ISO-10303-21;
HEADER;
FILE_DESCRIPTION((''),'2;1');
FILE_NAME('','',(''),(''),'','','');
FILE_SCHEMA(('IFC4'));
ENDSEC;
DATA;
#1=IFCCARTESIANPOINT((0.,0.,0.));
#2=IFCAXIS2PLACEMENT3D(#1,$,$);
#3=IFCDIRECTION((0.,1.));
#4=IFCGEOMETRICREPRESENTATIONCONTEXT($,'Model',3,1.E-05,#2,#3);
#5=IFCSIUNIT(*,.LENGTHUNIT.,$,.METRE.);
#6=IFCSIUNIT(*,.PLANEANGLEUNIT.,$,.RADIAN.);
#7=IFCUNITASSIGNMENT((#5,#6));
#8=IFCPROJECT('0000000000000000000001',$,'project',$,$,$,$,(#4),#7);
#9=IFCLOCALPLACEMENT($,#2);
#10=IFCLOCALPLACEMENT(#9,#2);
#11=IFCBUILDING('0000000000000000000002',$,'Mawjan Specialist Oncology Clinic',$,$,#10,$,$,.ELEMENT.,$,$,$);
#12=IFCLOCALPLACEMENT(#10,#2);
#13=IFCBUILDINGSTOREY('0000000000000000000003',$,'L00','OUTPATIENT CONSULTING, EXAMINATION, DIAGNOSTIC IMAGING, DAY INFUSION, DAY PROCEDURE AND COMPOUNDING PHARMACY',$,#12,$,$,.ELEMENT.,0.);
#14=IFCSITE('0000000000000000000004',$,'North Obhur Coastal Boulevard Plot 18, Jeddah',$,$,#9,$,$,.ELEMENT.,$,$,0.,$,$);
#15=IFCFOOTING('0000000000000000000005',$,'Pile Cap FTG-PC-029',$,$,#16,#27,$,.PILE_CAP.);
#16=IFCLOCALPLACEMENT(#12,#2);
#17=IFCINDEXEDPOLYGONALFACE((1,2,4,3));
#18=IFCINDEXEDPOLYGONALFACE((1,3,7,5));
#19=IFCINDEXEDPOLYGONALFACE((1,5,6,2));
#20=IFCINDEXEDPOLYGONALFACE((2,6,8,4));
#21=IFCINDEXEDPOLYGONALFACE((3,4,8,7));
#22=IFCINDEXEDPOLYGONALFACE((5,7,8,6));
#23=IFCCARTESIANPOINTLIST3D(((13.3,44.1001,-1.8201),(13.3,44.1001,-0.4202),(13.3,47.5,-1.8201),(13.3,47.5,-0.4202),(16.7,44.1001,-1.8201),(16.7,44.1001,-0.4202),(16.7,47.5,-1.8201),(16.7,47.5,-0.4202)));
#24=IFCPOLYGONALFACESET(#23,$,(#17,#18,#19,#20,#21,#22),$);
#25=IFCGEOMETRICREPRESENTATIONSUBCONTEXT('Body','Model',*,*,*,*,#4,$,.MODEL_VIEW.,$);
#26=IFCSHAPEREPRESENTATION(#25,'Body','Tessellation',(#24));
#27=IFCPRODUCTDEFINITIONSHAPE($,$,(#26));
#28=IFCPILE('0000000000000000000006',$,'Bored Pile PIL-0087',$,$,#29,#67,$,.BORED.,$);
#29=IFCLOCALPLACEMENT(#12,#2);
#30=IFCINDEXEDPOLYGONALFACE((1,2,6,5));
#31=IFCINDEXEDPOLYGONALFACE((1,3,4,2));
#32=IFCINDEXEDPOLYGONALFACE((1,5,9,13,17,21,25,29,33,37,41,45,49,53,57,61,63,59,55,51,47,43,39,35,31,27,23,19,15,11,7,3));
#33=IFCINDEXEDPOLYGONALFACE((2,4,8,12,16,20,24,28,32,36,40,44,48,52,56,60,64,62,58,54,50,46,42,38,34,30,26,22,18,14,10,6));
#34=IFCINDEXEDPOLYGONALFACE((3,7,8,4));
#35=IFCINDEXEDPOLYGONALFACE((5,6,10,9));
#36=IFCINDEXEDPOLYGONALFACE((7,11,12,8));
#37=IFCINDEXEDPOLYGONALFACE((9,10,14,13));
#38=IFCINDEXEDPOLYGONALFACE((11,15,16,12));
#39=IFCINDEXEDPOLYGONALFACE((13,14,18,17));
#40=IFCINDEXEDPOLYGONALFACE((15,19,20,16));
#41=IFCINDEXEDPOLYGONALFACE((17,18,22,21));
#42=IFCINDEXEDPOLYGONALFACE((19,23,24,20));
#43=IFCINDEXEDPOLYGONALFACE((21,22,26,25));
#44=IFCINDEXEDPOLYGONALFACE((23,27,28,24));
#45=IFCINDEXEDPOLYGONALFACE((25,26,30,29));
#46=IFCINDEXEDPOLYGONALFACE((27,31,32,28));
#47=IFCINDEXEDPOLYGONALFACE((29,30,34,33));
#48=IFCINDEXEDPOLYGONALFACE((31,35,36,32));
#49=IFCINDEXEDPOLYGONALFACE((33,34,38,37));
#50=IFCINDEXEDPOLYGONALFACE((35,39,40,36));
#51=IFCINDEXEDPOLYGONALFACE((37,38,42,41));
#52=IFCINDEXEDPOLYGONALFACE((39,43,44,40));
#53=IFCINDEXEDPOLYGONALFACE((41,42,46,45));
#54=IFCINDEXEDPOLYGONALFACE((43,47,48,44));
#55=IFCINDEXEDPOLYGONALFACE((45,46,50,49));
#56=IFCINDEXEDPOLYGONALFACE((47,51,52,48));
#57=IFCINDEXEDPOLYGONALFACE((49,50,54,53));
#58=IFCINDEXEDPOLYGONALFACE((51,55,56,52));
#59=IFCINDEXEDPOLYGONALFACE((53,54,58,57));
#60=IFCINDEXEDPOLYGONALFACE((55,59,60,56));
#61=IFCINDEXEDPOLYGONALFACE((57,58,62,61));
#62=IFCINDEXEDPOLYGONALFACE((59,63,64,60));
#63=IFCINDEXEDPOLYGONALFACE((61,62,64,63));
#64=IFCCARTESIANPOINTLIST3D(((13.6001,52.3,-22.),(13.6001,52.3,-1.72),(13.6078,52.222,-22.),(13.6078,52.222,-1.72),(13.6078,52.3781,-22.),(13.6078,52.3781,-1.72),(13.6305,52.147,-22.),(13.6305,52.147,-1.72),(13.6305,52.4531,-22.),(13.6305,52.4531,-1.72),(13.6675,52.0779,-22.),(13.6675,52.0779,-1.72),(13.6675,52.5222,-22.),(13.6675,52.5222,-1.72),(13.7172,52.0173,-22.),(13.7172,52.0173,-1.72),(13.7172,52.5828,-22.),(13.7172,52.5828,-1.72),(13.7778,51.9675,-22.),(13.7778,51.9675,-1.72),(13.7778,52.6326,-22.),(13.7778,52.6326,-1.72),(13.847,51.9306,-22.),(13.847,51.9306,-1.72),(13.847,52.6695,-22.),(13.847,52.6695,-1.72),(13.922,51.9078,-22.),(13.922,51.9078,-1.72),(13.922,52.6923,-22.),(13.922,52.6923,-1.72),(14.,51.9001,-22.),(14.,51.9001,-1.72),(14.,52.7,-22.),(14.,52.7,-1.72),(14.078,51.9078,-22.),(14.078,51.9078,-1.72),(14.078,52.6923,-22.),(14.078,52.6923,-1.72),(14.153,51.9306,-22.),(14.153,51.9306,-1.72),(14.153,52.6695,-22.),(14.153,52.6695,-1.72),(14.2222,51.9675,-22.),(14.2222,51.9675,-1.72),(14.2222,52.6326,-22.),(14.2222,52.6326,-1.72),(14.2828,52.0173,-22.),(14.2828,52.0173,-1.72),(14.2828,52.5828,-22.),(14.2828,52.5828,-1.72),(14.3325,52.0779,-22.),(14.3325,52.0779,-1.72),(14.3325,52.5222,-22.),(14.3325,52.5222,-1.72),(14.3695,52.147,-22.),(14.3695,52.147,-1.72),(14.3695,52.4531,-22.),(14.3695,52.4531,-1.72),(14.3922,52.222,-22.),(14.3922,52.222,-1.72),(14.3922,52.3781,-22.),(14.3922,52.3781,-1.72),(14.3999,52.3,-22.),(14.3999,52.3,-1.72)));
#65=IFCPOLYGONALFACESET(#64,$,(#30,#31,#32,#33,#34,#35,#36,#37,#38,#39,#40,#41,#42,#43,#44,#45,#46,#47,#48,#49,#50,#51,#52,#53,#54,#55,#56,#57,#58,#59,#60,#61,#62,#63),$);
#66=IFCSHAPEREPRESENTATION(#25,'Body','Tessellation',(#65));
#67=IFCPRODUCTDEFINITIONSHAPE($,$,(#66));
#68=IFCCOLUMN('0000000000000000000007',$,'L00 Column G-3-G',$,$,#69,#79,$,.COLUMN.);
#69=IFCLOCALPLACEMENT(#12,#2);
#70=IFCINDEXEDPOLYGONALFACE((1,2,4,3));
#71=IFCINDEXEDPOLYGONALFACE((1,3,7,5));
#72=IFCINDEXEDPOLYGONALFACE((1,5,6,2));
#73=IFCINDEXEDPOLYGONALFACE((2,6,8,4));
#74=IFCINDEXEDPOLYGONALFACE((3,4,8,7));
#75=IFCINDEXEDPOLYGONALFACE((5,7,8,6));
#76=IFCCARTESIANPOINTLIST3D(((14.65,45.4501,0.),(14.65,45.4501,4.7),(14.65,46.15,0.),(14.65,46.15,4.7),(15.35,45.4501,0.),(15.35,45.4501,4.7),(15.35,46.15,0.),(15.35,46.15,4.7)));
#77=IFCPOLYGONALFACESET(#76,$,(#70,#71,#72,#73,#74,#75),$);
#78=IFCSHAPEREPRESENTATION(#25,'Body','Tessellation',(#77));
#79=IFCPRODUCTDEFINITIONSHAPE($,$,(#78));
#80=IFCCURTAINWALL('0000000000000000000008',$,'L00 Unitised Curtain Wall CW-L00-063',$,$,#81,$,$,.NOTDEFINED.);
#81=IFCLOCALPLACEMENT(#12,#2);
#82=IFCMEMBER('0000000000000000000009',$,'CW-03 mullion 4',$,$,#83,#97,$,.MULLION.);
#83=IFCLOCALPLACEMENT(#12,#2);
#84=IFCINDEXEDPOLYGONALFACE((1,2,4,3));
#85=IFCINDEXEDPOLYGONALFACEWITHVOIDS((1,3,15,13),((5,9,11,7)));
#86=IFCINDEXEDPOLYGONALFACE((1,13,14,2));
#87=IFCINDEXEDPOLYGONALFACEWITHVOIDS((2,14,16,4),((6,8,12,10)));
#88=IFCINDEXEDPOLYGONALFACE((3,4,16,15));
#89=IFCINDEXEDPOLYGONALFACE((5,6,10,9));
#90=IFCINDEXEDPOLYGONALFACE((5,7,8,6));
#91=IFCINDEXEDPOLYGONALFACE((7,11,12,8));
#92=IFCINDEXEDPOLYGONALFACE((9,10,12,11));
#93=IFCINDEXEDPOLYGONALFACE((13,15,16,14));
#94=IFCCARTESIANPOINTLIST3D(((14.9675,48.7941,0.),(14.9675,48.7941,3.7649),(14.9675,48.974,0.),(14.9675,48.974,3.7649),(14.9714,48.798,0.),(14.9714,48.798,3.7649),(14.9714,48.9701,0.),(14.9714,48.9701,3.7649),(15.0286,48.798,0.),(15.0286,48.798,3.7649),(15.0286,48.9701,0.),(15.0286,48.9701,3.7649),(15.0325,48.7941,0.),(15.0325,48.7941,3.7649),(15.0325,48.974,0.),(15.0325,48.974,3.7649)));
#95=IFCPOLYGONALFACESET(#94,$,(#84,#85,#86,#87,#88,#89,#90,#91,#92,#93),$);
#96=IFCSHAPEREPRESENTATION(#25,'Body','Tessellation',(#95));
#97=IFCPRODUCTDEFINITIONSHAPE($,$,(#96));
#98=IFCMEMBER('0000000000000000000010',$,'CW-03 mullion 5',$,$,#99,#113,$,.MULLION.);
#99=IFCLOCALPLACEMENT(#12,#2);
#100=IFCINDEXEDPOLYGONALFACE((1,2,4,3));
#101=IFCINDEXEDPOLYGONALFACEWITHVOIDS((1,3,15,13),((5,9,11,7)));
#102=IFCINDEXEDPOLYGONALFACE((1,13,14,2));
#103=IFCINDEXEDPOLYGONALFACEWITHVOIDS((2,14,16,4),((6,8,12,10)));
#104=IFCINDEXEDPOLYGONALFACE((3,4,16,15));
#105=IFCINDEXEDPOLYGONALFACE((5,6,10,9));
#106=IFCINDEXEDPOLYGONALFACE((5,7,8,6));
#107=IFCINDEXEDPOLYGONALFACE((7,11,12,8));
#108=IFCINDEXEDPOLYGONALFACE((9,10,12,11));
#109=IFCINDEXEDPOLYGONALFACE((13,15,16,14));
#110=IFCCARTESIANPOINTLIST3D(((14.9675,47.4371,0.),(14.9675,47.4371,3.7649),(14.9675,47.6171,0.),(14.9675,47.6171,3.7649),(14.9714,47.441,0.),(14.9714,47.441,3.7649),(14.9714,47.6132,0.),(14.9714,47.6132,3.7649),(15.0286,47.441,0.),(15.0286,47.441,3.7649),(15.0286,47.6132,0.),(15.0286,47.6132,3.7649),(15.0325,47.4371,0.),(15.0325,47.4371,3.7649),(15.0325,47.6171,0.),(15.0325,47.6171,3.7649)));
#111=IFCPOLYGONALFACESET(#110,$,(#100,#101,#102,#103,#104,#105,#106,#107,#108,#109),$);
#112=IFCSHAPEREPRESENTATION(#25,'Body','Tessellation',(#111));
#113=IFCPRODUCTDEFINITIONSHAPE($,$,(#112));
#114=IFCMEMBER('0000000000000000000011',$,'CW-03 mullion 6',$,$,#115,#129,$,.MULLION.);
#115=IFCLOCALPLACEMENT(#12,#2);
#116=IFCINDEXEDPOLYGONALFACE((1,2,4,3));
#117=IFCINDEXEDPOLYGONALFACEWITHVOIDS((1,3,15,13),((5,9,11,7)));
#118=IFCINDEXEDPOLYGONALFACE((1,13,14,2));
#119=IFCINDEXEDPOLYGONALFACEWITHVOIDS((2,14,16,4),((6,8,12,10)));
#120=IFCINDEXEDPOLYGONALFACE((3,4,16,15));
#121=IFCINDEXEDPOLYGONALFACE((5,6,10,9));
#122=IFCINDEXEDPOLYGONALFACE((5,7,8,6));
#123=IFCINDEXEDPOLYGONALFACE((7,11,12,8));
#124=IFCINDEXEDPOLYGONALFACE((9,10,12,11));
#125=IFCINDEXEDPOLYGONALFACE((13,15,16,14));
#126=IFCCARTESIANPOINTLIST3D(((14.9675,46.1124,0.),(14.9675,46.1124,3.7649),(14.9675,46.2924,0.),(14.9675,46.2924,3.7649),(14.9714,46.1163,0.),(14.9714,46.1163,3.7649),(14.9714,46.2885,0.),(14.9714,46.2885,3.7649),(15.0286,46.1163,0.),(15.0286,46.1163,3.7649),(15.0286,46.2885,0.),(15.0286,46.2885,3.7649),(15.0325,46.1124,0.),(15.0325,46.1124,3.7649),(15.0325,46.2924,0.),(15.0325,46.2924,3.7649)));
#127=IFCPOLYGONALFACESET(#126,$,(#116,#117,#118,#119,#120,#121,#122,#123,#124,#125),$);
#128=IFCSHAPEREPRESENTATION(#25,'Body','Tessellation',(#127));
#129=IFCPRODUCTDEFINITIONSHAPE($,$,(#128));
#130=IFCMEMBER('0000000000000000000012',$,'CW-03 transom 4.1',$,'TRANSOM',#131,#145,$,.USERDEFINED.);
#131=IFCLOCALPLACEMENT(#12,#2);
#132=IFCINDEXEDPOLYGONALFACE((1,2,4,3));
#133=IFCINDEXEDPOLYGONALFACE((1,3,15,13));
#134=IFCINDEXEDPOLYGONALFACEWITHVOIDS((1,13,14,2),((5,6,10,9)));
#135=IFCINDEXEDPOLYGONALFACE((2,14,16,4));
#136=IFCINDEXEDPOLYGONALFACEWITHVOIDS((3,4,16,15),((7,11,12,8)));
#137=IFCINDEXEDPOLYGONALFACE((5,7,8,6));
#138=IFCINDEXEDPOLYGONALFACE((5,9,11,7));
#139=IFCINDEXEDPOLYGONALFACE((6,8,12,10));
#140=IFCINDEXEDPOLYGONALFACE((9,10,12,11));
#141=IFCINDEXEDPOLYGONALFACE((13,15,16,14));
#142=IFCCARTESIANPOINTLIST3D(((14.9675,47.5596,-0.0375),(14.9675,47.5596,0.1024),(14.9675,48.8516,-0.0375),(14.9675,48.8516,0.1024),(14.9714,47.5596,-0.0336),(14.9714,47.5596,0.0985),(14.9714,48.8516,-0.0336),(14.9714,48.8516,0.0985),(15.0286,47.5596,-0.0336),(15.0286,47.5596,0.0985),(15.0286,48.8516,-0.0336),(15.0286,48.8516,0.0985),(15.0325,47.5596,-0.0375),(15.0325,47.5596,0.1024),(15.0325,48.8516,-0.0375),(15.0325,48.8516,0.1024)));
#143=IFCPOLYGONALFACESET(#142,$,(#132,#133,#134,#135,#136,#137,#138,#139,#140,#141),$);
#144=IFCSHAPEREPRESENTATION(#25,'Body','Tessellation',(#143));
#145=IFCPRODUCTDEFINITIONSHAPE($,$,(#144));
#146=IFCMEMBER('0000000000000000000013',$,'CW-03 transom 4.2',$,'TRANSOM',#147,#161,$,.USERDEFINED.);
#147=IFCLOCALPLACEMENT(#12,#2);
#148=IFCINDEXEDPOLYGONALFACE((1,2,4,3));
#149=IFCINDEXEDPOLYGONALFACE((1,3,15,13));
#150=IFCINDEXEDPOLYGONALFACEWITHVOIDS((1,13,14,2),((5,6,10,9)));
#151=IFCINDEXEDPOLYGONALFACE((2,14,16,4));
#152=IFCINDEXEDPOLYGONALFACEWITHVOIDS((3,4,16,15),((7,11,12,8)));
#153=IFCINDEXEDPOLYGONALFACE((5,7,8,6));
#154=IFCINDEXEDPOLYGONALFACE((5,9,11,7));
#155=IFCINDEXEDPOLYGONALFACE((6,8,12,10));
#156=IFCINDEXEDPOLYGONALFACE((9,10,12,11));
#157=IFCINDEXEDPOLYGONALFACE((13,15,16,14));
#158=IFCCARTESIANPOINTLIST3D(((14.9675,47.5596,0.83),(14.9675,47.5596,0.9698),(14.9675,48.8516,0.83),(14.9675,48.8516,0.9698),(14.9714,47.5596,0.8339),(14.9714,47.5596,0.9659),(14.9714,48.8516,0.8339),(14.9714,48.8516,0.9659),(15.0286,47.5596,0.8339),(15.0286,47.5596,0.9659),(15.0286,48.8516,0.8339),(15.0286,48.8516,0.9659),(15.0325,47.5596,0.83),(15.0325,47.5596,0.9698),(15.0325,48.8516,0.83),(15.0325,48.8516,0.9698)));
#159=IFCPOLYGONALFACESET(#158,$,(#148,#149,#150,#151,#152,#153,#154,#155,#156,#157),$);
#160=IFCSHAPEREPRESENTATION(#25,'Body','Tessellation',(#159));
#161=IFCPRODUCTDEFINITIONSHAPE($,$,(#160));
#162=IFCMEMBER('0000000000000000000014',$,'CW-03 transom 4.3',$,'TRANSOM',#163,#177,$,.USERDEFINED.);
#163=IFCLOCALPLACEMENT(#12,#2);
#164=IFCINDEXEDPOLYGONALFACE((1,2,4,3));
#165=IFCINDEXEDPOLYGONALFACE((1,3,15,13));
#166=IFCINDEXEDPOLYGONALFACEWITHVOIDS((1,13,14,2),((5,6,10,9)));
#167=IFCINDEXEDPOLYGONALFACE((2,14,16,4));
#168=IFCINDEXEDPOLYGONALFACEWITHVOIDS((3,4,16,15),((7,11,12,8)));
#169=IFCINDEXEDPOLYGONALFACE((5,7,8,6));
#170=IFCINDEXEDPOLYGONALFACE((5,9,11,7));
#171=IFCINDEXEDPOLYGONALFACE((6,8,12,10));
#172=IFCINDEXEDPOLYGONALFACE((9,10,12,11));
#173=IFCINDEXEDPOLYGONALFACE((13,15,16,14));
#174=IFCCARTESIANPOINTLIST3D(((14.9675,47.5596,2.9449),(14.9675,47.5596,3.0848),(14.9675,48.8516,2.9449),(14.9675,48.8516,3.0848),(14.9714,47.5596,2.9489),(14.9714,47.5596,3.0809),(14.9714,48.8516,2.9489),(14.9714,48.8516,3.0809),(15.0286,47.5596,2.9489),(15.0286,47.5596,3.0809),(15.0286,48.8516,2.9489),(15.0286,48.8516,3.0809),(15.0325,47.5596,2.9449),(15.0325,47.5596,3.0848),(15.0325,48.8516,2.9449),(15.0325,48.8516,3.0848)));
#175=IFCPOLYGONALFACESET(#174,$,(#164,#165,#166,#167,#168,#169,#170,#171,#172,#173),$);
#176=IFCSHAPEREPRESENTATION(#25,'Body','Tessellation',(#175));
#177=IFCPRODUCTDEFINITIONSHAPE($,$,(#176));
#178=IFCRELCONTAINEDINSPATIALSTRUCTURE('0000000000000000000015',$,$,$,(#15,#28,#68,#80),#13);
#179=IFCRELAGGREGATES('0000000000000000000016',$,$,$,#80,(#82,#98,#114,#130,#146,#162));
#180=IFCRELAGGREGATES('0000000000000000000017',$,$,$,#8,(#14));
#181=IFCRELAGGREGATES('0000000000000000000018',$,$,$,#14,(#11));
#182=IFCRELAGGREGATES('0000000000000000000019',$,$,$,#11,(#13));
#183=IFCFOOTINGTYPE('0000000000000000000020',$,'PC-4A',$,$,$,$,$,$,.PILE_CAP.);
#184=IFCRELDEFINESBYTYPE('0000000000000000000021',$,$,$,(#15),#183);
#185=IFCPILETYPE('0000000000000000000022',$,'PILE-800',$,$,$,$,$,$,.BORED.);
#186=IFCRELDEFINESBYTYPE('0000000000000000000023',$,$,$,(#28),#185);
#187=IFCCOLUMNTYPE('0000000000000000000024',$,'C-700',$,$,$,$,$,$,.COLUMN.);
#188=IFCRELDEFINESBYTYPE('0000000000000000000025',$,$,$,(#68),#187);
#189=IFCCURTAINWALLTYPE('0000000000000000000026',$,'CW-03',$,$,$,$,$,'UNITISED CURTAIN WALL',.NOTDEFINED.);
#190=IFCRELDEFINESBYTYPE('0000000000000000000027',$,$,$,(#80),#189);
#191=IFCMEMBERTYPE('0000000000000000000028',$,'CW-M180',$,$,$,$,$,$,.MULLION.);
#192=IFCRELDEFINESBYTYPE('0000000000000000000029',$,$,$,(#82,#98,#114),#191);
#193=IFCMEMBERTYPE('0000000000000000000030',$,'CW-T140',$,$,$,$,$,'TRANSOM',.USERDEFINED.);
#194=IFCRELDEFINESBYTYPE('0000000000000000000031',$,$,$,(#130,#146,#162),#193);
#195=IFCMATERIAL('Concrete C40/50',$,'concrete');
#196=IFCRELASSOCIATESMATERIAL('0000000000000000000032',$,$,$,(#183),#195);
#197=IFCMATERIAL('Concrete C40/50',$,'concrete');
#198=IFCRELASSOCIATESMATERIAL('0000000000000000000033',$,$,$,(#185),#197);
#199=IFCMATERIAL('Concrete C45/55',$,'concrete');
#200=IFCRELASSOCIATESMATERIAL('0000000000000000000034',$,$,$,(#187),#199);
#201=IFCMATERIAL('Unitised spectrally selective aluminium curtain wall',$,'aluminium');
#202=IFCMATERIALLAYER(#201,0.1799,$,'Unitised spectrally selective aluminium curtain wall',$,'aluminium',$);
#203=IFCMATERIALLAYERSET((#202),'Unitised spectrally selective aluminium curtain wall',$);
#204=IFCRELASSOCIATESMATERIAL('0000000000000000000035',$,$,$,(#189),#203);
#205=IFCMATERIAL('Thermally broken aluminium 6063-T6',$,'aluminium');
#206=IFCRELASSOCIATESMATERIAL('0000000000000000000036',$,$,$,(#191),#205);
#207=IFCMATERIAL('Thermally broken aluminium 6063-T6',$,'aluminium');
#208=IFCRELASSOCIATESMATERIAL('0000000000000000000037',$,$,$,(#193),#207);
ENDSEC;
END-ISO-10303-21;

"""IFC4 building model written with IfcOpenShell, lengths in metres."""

from ifc_helpers import new_model, si_unit, direction, frame, origin, origin_2d, place, context, subcontext, project, spatial, rectangle, hollow_rectangle, circle, extrude, material, layer, layer_set, material_profile, profile_set, type_object, element, aggregate, save


model = new_model("IFC4")

# Units and contexts
model_context = context("Model", 3, precision=1e-05, world=origin(), true_north=direction((0.0, 1.0)))
body_context = subcontext(model_context, "Body", "Model", "MODEL_VIEW")
ifc_project = project(units=[si_unit("LENGTHUNIT", "METRE"), si_unit("PLANEANGLEUNIT", "RADIAN")], contexts=[model_context])

# Site, building, storey
site_placement = place(None, origin())
site = spatial("IfcSite", under=ifc_project, at=site_placement, Name="North Obhur Coastal Boulevard Plot 18, Jeddah", CompositionType="ELEMENT", RefElevation=0.0)
building_placement = place(site_placement, origin())
building = spatial("IfcBuilding", under=site, at=building_placement, Name="Mawjan Specialist Oncology Clinic", CompositionType="ELEMENT")
storey_placement = place(building_placement, origin())
storey = spatial("IfcBuildingStorey", under=building, at=storey_placement, Name="L00", Description="OUTPATIENT CONSULTING, EXAMINATION, DIAGNOSTIC IMAGING, DAY INFUSION, DAY PROCEDURE AND COMPOUNDING PHARMACY", CompositionType="ELEMENT", Elevation=0.0)

# Footing
ifc_material_1 = material(Name="Concrete C40/50", Category="concrete")
footing_type = type_object("IfcFootingType", Name="PC-4A", PredefinedType="PILE_CAP", material=ifc_material_1)
footing_placement = place(storey_placement, frame((15.0, 45.8, -1.8201), z_axis=(0.0, 0.0, 1.0), x_axis=(1.0, 0.0, 0.0)))
element("IfcFooting", 1, at=footing_placement, inside=storey, type_object=footing_type, Name="Pile Cap FTG-PC-029", PredefinedType="PILE_CAP", context=body_context, shape_type="SweptSolid", body=[
    extrude(rectangle(XDim=3.3999, YDim=3.3999, at=origin_2d()), origin(), (0.0, 0.0, 1.0), 1.3999),
])

# Pile
ifc_material_2 = material(Name="Concrete C40/50", Category="concrete")
ifc_material_profile_1 = material_profile(ifc_material_2, circle(Radius=0.3999, at=origin_2d()), Name="BORED PILE D800", Category="concrete")
ifc_profile_set_1 = profile_set([ifc_material_profile_1], Name="Concrete C40/50")
pile_type = type_object("IfcPileType", Name="PILE-800", PredefinedType="BORED", material=ifc_profile_set_1)
pile_placement = place(storey_placement, frame((14.0, 52.3, -1.72), z_axis=(0.0, 0.0, -1.0), x_axis=(1.0, 0.0, 0.0)))
element("IfcPile", 2, at=pile_placement, inside=storey, type_object=pile_type, Name="Bored Pile PIL-0087", PredefinedType="BORED", context=body_context, shape_type="SweptSolid", body=[
    extrude(circle(Radius=0.3999, at=origin_2d()), origin(), (0.0, 0.0, 1.0), 20.28),
])

# Column
ifc_material_3 = material(Name="Concrete C45/55", Category="concrete")
ifc_material_profile_2 = material_profile(ifc_material_3, rectangle(XDim=0.7, YDim=0.7, at=origin_2d()), Name="RC COL 700x700", Category="concrete")
ifc_profile_set_2 = profile_set([ifc_material_profile_2], Name="Concrete C45/55")
column_type = type_object("IfcColumnType", Name="C-700", PredefinedType="COLUMN", material=ifc_profile_set_2)
column_placement = place(storey_placement, frame((15.0, 45.8, 0.0), z_axis=(0.0, 0.0, 1.0), x_axis=(1.0, 0.0, 0.0)))
element("IfcColumn", 3, at=column_placement, inside=storey, type_object=column_type, Name="L00 Column G-3-G", PredefinedType="COLUMN", context=body_context, shape_type="SweptSolid", body=[
    extrude(rectangle(XDim=0.7, YDim=0.7, at=origin_2d()), origin(), (0.0, 0.0, 1.0), 4.7),
])

# Curtain wall, members
ifc_material_4 = material(Name="Unitised spectrally selective aluminium curtain wall", Category="aluminium")
ifc_layer_1 = layer(ifc_material_4, 0.1799, Name="Unitised spectrally selective aluminium curtain wall", Category="aluminium")
ifc_layer_set_1 = layer_set([ifc_layer_1], Name="Unitised spectrally selective aluminium curtain wall")
curtain_wall_type = type_object("IfcCurtainWallType", Name="CW-03", ElementType="UNITISED CURTAIN WALL", PredefinedType="NOTDEFINED", material=ifc_layer_set_1)
curtain_wall_placement = place(storey_placement, origin())
curtain_wall = element("IfcCurtainWall", 4, at=curtain_wall_placement, inside=storey, type_object=curtain_wall_type, Name="L00 Unitised Curtain Wall CW-L00-063", PredefinedType="NOTDEFINED")
ifc_material_5 = material(Name="Thermally broken aluminium 6063-T6", Category="aluminium")
ifc_material_profile_3 = material_profile(ifc_material_5, hollow_rectangle(XDim=0.0649, YDim=0.1799, WallThickness=0.0039, at=origin_2d()), Name="ALU MULLION 180x65x4", Category="aluminium")
ifc_profile_set_3 = profile_set([ifc_material_profile_3], Name="Thermally broken aluminium 6063-T6")
member_type_1 = type_object("IfcMemberType", Name="CW-M180", PredefinedType="MULLION", material=ifc_profile_set_3)
member_1_placement = place(storey_placement, frame((15.0, 48.884, 0.0), z_axis=(0.0, 0.0, 1.0), x_axis=(1.0, 0.0, 0.0)))
member_1 = element("IfcMember", 5, at=member_1_placement, type_object=member_type_1, Name="CW-03 mullion 4", PredefinedType="MULLION", context=body_context, shape_type="SweptSolid", body=[
    extrude(hollow_rectangle(XDim=0.0649, YDim=0.1799, WallThickness=0.0039, at=origin_2d()), origin(), (0.0, 0.0, 1.0), 3.7649),
])
member_2_placement = place(storey_placement, frame((15.0, 47.5271, 0.0), z_axis=(0.0, 0.0, 1.0), x_axis=(1.0, 0.0, 0.0)))
member_2 = element("IfcMember", 6, at=member_2_placement, type_object=member_type_1, Name="CW-03 mullion 5", PredefinedType="MULLION", context=body_context, shape_type="SweptSolid", body=[
    extrude(hollow_rectangle(XDim=0.0649, YDim=0.1799, WallThickness=0.0039, at=origin_2d()), origin(), (0.0, 0.0, 1.0), 3.7649),
])
member_3_placement = place(storey_placement, frame((15.0, 46.2024, 0.0), z_axis=(0.0, 0.0, 1.0), x_axis=(1.0, 0.0, 0.0)))
member_3 = element("IfcMember", 7, at=member_3_placement, type_object=member_type_1, Name="CW-03 mullion 6", PredefinedType="MULLION", context=body_context, shape_type="SweptSolid", body=[
    extrude(hollow_rectangle(XDim=0.0649, YDim=0.1799, WallThickness=0.0039, at=origin_2d()), origin(), (0.0, 0.0, 1.0), 3.7649),
])
ifc_material_6 = material(Name="Thermally broken aluminium 6063-T6", Category="aluminium")
ifc_material_profile_4 = material_profile(ifc_material_6, hollow_rectangle(XDim=0.0649, YDim=0.1399, WallThickness=0.0039, at=origin_2d()), Name="ALU TRANSOM 140x65x4", Category="aluminium")
ifc_profile_set_4 = profile_set([ifc_material_profile_4], Name="Thermally broken aluminium 6063-T6")
member_type_2 = type_object("IfcMemberType", Name="CW-T140", ElementType="TRANSOM", PredefinedType="USERDEFINED", material=ifc_profile_set_4)
member_4_placement = place(storey_placement, frame((15.0, 48.8516, 0.0325), z_axis=(0.0, -1.0, 0.0), x_axis=(1.0, 0.0, 0.0)))
member_4 = element("IfcMember", 8, at=member_4_placement, type_object=member_type_2, Name="CW-03 transom 4.1", ObjectType="TRANSOM", PredefinedType="USERDEFINED", context=body_context, shape_type="SweptSolid", body=[
    extrude(hollow_rectangle(XDim=0.0649, YDim=0.1399, WallThickness=0.0039, at=origin_2d()), origin(), (0.0, 0.0, 1.0), 1.292),
])
member_5_placement = place(storey_placement, frame((15.0, 48.8516, 0.8999), z_axis=(0.0, -1.0, 0.0), x_axis=(1.0, 0.0, 0.0)))
member_5 = element("IfcMember", 9, at=member_5_placement, type_object=member_type_2, Name="CW-03 transom 4.2", ObjectType="TRANSOM", PredefinedType="USERDEFINED", context=body_context, shape_type="SweptSolid", body=[
    extrude(hollow_rectangle(XDim=0.0649, YDim=0.1399, WallThickness=0.0039, at=origin_2d()), origin(), (0.0, 0.0, 1.0), 1.292),
])
member_6_placement = place(storey_placement, frame((15.0, 48.8516, 3.0149), z_axis=(0.0, -1.0, 0.0), x_axis=(1.0, 0.0, 0.0)))
member_6 = element("IfcMember", 10, at=member_6_placement, type_object=member_type_2, Name="CW-03 transom 4.3", ObjectType="TRANSOM", PredefinedType="USERDEFINED", context=body_context, shape_type="SweptSolid", body=[
    extrude(hollow_rectangle(XDim=0.0649, YDim=0.1399, WallThickness=0.0039, at=origin_2d()), origin(), (0.0, 0.0, 1.0), 1.292),
])
aggregate(curtain_wall, [member_1, member_2, member_3, member_4, member_5, member_6])

save(model, "model.ifc")
